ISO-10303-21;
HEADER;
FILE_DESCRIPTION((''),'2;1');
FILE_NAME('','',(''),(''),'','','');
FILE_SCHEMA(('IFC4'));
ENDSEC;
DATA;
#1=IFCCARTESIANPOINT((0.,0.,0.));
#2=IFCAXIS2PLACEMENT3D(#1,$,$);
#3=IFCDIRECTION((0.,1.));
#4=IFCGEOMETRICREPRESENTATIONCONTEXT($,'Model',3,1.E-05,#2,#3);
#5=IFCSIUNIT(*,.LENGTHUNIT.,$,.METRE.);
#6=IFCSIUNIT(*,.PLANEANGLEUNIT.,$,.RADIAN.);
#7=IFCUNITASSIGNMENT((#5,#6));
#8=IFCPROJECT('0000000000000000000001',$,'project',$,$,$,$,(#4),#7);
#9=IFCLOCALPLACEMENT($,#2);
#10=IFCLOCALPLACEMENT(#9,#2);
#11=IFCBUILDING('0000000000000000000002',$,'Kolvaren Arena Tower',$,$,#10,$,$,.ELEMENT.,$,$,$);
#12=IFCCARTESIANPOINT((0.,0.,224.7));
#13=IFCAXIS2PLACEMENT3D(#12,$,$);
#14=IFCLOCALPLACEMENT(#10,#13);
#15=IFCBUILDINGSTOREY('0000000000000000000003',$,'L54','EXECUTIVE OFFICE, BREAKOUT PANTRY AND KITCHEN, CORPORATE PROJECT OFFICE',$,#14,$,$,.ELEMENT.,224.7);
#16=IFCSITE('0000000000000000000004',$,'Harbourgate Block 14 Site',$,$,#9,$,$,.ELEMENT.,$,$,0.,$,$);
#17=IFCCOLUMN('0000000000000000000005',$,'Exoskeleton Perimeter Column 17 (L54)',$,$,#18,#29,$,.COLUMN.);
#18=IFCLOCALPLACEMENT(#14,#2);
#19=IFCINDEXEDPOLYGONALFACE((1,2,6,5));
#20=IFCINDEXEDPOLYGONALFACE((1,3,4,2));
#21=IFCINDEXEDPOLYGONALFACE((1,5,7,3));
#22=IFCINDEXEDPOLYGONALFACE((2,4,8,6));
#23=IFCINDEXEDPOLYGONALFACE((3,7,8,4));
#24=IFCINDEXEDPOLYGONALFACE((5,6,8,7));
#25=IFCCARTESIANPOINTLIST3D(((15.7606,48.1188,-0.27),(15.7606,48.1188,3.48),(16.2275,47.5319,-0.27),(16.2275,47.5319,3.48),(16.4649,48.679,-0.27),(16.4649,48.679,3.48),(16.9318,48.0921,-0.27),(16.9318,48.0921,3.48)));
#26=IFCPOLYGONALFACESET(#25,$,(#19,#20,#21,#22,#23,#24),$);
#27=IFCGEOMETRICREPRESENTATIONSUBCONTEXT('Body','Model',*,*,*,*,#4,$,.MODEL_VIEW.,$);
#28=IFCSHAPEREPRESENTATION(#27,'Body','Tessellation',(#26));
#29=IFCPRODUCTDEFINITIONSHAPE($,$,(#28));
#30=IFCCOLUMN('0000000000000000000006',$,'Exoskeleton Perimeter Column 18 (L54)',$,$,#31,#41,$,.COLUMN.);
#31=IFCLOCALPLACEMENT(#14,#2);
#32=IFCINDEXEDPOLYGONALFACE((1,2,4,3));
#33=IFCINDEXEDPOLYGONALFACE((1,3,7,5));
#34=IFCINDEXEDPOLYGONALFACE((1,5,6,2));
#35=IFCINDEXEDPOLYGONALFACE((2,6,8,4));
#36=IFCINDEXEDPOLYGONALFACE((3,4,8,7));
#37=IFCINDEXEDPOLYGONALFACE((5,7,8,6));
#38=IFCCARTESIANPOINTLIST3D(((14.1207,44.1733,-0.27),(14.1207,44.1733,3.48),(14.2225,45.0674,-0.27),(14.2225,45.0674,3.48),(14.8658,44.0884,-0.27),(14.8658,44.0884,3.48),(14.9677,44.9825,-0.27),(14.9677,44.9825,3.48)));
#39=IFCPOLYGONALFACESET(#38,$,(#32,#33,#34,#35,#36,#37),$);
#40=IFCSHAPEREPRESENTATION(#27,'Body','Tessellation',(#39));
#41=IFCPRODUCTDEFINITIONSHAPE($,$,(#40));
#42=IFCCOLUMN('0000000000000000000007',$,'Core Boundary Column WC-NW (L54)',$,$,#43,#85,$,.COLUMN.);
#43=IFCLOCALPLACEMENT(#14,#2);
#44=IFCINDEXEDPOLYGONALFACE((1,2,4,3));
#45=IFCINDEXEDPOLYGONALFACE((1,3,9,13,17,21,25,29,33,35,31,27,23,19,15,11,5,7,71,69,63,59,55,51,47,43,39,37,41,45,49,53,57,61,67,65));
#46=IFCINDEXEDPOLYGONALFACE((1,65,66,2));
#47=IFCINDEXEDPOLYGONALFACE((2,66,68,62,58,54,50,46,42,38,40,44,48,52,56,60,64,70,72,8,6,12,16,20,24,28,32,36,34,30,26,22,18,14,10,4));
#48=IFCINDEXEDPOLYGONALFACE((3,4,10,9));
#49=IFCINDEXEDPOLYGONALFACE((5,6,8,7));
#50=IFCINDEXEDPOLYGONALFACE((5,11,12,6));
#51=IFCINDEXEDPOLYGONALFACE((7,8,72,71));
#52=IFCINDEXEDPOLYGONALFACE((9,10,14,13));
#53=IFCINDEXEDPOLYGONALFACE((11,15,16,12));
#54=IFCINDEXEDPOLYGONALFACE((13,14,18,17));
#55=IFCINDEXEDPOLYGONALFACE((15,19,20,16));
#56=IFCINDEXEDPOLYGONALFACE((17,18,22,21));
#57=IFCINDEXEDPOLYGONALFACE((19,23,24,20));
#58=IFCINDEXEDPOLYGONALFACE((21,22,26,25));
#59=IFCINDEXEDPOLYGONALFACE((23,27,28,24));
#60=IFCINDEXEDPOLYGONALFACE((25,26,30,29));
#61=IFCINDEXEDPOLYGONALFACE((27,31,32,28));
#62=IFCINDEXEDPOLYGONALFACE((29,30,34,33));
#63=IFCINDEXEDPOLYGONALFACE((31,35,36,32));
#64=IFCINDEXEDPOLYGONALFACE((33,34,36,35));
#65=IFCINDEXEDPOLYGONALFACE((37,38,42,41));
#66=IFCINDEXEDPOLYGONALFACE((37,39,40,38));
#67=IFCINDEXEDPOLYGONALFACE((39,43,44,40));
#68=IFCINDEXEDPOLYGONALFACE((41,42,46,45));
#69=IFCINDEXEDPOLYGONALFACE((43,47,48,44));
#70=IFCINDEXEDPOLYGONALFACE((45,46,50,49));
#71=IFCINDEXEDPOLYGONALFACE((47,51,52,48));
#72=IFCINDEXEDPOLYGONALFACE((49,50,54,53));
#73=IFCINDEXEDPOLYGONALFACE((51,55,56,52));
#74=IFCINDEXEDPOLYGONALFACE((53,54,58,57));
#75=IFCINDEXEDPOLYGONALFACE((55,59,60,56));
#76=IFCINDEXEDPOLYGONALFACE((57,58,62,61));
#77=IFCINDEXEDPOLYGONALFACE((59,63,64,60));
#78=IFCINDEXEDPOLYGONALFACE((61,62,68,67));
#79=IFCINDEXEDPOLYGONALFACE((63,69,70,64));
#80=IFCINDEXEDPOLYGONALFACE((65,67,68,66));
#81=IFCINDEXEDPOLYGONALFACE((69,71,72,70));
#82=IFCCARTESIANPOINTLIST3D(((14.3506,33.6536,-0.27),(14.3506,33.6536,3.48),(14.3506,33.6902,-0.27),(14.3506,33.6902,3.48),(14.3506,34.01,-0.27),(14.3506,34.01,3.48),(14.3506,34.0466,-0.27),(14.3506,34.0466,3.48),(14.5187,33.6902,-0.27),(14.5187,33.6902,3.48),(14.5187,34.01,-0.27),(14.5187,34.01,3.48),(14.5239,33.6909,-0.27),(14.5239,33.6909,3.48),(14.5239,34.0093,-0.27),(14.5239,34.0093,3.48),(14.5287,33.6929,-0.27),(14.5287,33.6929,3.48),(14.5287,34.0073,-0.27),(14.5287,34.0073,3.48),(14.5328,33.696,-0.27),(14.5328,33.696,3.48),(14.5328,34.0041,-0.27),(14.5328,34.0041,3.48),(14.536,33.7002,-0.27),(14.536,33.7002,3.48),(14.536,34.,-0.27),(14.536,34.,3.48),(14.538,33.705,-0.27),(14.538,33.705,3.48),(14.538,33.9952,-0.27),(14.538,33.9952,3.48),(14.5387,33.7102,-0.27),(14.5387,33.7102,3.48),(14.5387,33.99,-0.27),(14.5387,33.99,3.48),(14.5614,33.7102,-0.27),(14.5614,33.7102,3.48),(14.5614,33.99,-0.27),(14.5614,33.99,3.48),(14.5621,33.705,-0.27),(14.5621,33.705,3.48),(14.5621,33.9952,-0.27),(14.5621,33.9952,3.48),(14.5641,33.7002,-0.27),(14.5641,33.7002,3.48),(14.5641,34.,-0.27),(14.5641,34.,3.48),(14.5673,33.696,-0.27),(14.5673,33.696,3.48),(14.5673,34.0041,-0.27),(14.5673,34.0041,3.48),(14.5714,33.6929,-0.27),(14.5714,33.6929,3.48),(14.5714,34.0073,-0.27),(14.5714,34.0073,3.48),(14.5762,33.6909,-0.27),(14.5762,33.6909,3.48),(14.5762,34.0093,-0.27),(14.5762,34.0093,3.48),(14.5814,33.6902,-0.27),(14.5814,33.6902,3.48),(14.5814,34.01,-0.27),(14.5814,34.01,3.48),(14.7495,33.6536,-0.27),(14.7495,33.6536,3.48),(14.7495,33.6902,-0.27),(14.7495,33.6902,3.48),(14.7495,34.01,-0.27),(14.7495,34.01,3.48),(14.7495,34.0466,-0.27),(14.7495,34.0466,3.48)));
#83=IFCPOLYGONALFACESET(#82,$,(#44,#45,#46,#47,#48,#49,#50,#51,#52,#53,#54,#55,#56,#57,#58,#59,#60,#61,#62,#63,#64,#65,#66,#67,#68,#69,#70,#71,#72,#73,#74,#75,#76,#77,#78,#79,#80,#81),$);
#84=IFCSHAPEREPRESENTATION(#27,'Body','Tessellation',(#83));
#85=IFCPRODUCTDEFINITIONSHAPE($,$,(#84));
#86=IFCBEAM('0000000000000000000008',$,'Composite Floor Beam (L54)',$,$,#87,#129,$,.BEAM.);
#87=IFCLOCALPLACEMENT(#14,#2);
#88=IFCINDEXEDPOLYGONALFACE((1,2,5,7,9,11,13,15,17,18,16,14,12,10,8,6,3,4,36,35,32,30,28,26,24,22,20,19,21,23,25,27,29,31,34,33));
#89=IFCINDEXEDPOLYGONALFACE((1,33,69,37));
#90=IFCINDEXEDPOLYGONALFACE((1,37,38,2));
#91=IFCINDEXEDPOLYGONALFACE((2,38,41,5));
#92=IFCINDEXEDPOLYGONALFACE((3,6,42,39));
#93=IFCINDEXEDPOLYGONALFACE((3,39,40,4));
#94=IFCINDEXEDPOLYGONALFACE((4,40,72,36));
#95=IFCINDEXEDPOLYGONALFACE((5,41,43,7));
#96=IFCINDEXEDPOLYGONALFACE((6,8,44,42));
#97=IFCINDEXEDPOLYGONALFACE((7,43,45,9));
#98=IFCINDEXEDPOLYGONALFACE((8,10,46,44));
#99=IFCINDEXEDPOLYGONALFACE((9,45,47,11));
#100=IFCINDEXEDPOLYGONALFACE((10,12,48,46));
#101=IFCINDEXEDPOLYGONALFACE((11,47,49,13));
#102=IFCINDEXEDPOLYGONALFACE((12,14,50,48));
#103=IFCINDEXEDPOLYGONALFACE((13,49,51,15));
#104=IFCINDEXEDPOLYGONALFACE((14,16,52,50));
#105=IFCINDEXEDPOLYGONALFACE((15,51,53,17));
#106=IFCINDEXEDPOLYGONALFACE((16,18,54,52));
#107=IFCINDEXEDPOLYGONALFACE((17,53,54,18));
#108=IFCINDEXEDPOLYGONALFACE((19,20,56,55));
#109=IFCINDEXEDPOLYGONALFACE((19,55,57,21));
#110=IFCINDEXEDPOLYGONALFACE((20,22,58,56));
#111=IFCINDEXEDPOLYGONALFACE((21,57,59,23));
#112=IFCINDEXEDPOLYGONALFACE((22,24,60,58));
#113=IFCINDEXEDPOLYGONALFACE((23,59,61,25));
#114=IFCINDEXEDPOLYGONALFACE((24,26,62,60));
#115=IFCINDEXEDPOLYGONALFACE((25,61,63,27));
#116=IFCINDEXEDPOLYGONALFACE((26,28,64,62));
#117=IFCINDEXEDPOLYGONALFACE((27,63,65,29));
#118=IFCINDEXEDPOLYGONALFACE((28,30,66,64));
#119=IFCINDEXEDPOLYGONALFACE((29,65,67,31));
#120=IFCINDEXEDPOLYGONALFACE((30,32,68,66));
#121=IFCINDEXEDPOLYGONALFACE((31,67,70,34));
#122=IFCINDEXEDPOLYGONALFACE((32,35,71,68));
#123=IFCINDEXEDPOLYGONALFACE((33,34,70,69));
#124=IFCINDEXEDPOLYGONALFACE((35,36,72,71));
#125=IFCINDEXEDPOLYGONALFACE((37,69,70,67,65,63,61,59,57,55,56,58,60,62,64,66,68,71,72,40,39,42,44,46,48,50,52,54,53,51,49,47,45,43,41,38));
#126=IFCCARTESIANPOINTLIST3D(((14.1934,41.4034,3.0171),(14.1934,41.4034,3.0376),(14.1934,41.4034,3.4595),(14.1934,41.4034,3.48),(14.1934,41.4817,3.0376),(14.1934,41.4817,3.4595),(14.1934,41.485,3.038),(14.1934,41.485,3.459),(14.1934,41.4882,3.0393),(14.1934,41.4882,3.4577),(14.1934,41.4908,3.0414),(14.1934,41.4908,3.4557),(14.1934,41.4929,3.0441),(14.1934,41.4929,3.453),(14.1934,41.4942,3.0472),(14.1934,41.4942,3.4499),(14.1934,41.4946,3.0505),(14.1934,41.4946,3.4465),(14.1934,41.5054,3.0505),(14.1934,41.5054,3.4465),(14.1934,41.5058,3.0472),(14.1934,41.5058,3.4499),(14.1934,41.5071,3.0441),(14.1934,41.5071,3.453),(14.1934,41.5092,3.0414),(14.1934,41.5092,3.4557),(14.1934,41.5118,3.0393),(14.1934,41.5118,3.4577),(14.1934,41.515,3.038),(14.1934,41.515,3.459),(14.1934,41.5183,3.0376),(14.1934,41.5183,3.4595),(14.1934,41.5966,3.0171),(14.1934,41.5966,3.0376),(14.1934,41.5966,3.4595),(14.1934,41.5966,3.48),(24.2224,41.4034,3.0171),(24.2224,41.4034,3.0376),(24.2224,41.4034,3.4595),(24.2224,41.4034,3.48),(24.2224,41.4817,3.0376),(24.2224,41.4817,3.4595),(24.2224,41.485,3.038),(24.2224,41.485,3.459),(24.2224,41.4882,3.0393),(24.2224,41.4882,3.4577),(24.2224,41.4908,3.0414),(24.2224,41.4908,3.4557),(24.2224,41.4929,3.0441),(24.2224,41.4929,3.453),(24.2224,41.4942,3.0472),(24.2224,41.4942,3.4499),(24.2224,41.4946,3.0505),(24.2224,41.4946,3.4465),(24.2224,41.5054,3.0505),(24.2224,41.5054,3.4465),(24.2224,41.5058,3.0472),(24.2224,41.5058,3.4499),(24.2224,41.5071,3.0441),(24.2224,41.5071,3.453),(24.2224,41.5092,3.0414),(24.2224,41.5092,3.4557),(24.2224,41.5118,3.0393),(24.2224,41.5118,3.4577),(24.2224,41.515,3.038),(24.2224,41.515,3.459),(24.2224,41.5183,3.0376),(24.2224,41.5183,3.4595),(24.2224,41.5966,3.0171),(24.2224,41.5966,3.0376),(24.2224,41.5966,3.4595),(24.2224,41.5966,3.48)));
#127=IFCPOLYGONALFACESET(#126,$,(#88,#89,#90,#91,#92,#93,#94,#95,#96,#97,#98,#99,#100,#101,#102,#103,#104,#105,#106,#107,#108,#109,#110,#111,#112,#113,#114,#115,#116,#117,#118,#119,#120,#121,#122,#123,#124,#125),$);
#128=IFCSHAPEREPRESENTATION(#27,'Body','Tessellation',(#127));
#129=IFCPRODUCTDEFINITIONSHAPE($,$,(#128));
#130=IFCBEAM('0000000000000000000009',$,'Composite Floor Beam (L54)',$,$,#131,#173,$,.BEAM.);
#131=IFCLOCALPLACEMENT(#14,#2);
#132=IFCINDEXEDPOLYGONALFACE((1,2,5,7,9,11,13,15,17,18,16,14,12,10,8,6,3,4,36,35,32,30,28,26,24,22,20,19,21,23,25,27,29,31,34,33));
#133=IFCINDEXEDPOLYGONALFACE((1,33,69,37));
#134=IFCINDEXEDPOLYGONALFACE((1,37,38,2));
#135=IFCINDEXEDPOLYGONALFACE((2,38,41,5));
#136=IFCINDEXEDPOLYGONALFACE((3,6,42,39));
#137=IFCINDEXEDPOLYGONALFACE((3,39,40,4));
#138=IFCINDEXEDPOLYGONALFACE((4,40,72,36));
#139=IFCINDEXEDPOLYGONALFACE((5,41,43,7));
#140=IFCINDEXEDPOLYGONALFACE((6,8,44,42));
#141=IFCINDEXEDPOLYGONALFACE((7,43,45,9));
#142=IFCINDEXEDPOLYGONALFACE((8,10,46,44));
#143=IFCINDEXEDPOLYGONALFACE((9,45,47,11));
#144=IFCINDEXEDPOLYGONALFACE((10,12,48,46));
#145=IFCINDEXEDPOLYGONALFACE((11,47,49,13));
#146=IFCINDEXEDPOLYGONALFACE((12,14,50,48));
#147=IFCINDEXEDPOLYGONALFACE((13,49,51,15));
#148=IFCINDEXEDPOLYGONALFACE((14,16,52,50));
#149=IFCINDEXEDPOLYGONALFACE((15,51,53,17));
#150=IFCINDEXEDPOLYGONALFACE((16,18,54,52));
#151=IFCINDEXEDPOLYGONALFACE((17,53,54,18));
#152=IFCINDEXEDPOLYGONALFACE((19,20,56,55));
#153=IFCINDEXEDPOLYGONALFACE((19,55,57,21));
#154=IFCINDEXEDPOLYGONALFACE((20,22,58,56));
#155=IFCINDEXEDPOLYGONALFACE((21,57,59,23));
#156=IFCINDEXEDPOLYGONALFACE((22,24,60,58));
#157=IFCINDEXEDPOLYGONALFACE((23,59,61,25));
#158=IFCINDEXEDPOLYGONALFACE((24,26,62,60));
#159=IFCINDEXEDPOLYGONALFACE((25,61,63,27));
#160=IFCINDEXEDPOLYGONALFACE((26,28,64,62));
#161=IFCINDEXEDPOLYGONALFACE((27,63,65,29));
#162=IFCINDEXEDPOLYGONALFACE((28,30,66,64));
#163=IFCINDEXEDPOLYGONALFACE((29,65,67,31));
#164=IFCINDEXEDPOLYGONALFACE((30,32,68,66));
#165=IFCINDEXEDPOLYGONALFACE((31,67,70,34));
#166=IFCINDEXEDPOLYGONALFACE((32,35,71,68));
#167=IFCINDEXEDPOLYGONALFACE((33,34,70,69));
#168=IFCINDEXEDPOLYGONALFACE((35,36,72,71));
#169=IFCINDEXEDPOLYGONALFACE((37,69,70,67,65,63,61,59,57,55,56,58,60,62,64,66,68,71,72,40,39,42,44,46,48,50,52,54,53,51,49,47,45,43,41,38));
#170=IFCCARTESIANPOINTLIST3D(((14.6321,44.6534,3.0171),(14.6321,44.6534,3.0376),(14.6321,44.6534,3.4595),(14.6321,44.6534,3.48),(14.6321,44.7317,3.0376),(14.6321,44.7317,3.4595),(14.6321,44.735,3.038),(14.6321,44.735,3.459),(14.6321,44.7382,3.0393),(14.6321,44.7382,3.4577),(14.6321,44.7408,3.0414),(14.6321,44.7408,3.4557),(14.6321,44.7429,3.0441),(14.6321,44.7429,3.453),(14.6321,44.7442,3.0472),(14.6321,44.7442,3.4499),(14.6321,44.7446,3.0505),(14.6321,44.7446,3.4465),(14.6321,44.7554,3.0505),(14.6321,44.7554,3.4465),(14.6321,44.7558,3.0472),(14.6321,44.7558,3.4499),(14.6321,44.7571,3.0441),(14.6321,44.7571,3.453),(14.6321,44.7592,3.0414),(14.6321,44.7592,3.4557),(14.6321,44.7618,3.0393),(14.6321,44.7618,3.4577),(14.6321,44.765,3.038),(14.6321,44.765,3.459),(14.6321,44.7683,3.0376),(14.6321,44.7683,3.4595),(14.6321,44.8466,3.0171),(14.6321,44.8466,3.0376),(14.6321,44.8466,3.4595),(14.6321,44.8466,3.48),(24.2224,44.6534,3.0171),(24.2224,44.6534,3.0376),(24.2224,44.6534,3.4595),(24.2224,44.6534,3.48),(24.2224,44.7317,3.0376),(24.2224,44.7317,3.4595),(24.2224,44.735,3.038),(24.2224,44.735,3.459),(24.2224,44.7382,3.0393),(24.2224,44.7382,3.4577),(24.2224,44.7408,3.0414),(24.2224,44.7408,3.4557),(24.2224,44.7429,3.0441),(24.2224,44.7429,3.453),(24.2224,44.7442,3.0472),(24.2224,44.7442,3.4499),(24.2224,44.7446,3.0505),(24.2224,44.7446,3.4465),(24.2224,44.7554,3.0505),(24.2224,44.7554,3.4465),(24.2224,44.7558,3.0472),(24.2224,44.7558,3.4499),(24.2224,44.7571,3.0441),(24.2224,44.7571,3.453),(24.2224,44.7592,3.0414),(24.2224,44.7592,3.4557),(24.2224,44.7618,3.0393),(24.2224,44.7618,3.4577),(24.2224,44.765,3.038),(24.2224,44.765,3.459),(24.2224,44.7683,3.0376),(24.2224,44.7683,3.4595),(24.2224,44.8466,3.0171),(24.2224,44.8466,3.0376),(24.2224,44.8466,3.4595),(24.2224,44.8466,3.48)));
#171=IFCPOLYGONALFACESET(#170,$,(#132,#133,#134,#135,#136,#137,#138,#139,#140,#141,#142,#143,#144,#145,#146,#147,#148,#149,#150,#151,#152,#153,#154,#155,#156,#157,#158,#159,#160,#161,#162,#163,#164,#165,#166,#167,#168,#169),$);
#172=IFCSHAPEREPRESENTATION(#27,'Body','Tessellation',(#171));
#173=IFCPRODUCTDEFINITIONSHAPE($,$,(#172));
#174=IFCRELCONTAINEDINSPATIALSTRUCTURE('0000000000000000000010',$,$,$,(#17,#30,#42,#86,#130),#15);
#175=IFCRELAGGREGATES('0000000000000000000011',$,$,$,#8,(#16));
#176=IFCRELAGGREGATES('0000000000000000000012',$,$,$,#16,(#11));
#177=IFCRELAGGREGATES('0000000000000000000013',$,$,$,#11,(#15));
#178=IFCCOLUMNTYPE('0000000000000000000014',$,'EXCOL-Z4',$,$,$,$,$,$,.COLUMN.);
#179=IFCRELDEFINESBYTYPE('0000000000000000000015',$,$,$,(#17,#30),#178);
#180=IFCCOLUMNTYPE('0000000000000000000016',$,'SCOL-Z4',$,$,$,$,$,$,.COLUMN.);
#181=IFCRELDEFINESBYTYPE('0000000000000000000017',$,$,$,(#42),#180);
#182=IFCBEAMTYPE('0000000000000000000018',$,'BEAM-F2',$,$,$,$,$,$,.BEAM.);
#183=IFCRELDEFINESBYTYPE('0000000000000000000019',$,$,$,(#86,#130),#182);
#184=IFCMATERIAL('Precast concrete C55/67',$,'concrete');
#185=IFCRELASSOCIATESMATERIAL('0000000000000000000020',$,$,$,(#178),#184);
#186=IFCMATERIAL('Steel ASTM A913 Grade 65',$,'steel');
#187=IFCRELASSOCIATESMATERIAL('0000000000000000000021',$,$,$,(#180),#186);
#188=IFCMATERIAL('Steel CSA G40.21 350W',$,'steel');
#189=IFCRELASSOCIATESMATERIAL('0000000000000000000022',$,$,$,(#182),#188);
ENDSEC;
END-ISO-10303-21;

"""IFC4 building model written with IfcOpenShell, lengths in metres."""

from ifc_helpers import new_model, si_unit, direction, frame, origin, origin_2d, place, context, subcontext, project, spatial, rectangle, i_section, extrude, material, material_profile, profile_set, type_object, element, save


model = new_model("IFC4")

# Units and contexts
model_context = context("Model", 3, precision=1e-05, world=origin(), true_north=direction((0.0, 1.0)))
body_context = subcontext(model_context, "Body", "Model", "MODEL_VIEW")
ifc_project = project(units=[si_unit("LENGTHUNIT", "METRE"), si_unit("PLANEANGLEUNIT", "RADIAN")], contexts=[model_context])

# Site, building, storey
site_placement = place(None, origin())
site = spatial("IfcSite", under=ifc_project, at=site_placement, Name="Harbourgate Block 14 Site", CompositionType="ELEMENT", RefElevation=0.0)
building_placement = place(site_placement, origin())
building = spatial("IfcBuilding", under=site, at=building_placement, Name="Kolvaren Arena Tower", CompositionType="ELEMENT")
storey_placement = place(building_placement, frame((0.0, 0.0, 224.7)))
storey = spatial("IfcBuildingStorey", under=building, at=storey_placement, Name="L54", Description="EXECUTIVE OFFICE, BREAKOUT PANTRY AND KITCHEN, CORPORATE PROJECT OFFICE", CompositionType="ELEMENT", Elevation=224.7)

# Columns
ifc_material_1 = material(Name="Precast concrete C55/67", Category="concrete")
ifc_material_profile_1 = material_profile(ifc_material_1, rectangle(XDim=0.8999, YDim=0.75, at=origin_2d()), Name="RC-900x750")
ifc_profile_set_1 = profile_set([ifc_material_profile_1], Name="Precast concrete C55/67")
column_type_1 = type_object("IfcColumnType", Name="EXCOL-Z4", PredefinedType="COLUMN", material=ifc_profile_set_1)
for number, where, z_axis, x_axis, name in (
    (1, (16.3462, 48.1055, -0.27), (0.0, 0.0, 1.0), (0.782608, 0.622515, 0.0), "Exoskeleton Perimeter Column 17 (L54)"),
    (2, (14.5442, 44.5779, -0.27), (0.0, 0.0, 1.0), (0.113203, 0.993572, 0.0), "Exoskeleton Perimeter Column 18 (L54)"),
):
    element("IfcColumn", number, at=place(storey_placement, frame(where, z_axis=z_axis, x_axis=x_axis)), inside=storey, type_object=column_type_1, Name=name, PredefinedType="COLUMN", context=body_context, shape_type="SweptSolid", body=[
        extrude(rectangle(XDim=0.8999, YDim=0.75, at=origin_2d()), origin(), (0.0, 0.0, 1.0), 3.75),
    ])
ifc_material_2 = material(Name="Steel ASTM A913 Grade 65", Category="steel")
ifc_material_profile_2 = material_profile(ifc_material_2, i_section(OverallWidth=0.3989, OverallDepth=0.3931, WebThickness=0.0227, FlangeThickness=0.0366, FilletRadius=0.02, at=origin_2d()), Name="W360x287")
ifc_profile_set_2 = profile_set([ifc_material_profile_2], Name="Steel ASTM A913 Grade 65")
column_type_2 = type_object("IfcColumnType", Name="SCOL-Z4", PredefinedType="COLUMN", material=ifc_profile_set_2)
column_placement = place(storey_placement, frame((14.55, 33.8501, -0.27), z_axis=(0.0, 0.0, 1.0), x_axis=(1.0, 0.0, 0.0)))
element("IfcColumn", 3, at=column_placement, inside=storey, type_object=column_type_2, Name="Core Boundary Column WC-NW (L54)", PredefinedType="COLUMN", context=body_context, shape_type="SweptSolid", body=[
    extrude(i_section(OverallWidth=0.3989, OverallDepth=0.3931, WebThickness=0.0227, FlangeThickness=0.0366, FilletRadius=0.02, at=origin_2d()), origin(), (0.0, 0.0, 1.0), 3.75),
])

# Beams
ifc_material_3 = material(Name="Steel CSA G40.21 350W", Category="steel")
ifc_material_profile_3 = material_profile(ifc_material_3, i_section(OverallWidth=0.1931, OverallDepth=0.4629, WebThickness=0.0107, FlangeThickness=0.0205, FilletRadius=0.0129, at=origin_2d()), Name="W460x113")
ifc_profile_set_3 = profile_set([ifc_material_profile_3], Name="Steel CSA G40.21 350W")
beam_type_1 = type_object("IfcBeamType", Name="BEAM-F2", PredefinedType="BEAM", material=ifc_profile_set_3)
beam_1_placement = place(storey_placement, frame((14.1934, 41.5, 3.2485), z_axis=(1.0, 0.0, 0.0), x_axis=(0.0, 1.0, 0.0)))
element("IfcBeam", 4, at=beam_1_placement, inside=storey, type_object=beam_type_1, Name="Composite Floor Beam (L54)", PredefinedType="BEAM", context=body_context, shape_type="SweptSolid", body=[
    extrude(i_section(OverallWidth=0.1931, OverallDepth=0.4629, WebThickness=0.0107, FlangeThickness=0.0205, FilletRadius=0.0129, at=origin_2d()), origin(), (0.0, 0.0, 1.0), 10.0291),
])
beam_2_placement = place(storey_placement, frame((14.6321, 44.75, 3.2485), z_axis=(1.0, 0.0, 0.0), x_axis=(0.0, 1.0, 0.0)))
element("IfcBeam", 5, at=beam_2_placement, inside=storey, type_object=beam_type_1, Name="Composite Floor Beam (L54)", PredefinedType="BEAM", context=body_context, shape_type="SweptSolid", body=[
    extrude(i_section(OverallWidth=0.1931, OverallDepth=0.4629, WebThickness=0.0107, FlangeThickness=0.0205, FilletRadius=0.0129, at=origin_2d()), origin(), (0.0, 0.0, 1.0), 9.5903),
])

save(model, "model.ifc")
